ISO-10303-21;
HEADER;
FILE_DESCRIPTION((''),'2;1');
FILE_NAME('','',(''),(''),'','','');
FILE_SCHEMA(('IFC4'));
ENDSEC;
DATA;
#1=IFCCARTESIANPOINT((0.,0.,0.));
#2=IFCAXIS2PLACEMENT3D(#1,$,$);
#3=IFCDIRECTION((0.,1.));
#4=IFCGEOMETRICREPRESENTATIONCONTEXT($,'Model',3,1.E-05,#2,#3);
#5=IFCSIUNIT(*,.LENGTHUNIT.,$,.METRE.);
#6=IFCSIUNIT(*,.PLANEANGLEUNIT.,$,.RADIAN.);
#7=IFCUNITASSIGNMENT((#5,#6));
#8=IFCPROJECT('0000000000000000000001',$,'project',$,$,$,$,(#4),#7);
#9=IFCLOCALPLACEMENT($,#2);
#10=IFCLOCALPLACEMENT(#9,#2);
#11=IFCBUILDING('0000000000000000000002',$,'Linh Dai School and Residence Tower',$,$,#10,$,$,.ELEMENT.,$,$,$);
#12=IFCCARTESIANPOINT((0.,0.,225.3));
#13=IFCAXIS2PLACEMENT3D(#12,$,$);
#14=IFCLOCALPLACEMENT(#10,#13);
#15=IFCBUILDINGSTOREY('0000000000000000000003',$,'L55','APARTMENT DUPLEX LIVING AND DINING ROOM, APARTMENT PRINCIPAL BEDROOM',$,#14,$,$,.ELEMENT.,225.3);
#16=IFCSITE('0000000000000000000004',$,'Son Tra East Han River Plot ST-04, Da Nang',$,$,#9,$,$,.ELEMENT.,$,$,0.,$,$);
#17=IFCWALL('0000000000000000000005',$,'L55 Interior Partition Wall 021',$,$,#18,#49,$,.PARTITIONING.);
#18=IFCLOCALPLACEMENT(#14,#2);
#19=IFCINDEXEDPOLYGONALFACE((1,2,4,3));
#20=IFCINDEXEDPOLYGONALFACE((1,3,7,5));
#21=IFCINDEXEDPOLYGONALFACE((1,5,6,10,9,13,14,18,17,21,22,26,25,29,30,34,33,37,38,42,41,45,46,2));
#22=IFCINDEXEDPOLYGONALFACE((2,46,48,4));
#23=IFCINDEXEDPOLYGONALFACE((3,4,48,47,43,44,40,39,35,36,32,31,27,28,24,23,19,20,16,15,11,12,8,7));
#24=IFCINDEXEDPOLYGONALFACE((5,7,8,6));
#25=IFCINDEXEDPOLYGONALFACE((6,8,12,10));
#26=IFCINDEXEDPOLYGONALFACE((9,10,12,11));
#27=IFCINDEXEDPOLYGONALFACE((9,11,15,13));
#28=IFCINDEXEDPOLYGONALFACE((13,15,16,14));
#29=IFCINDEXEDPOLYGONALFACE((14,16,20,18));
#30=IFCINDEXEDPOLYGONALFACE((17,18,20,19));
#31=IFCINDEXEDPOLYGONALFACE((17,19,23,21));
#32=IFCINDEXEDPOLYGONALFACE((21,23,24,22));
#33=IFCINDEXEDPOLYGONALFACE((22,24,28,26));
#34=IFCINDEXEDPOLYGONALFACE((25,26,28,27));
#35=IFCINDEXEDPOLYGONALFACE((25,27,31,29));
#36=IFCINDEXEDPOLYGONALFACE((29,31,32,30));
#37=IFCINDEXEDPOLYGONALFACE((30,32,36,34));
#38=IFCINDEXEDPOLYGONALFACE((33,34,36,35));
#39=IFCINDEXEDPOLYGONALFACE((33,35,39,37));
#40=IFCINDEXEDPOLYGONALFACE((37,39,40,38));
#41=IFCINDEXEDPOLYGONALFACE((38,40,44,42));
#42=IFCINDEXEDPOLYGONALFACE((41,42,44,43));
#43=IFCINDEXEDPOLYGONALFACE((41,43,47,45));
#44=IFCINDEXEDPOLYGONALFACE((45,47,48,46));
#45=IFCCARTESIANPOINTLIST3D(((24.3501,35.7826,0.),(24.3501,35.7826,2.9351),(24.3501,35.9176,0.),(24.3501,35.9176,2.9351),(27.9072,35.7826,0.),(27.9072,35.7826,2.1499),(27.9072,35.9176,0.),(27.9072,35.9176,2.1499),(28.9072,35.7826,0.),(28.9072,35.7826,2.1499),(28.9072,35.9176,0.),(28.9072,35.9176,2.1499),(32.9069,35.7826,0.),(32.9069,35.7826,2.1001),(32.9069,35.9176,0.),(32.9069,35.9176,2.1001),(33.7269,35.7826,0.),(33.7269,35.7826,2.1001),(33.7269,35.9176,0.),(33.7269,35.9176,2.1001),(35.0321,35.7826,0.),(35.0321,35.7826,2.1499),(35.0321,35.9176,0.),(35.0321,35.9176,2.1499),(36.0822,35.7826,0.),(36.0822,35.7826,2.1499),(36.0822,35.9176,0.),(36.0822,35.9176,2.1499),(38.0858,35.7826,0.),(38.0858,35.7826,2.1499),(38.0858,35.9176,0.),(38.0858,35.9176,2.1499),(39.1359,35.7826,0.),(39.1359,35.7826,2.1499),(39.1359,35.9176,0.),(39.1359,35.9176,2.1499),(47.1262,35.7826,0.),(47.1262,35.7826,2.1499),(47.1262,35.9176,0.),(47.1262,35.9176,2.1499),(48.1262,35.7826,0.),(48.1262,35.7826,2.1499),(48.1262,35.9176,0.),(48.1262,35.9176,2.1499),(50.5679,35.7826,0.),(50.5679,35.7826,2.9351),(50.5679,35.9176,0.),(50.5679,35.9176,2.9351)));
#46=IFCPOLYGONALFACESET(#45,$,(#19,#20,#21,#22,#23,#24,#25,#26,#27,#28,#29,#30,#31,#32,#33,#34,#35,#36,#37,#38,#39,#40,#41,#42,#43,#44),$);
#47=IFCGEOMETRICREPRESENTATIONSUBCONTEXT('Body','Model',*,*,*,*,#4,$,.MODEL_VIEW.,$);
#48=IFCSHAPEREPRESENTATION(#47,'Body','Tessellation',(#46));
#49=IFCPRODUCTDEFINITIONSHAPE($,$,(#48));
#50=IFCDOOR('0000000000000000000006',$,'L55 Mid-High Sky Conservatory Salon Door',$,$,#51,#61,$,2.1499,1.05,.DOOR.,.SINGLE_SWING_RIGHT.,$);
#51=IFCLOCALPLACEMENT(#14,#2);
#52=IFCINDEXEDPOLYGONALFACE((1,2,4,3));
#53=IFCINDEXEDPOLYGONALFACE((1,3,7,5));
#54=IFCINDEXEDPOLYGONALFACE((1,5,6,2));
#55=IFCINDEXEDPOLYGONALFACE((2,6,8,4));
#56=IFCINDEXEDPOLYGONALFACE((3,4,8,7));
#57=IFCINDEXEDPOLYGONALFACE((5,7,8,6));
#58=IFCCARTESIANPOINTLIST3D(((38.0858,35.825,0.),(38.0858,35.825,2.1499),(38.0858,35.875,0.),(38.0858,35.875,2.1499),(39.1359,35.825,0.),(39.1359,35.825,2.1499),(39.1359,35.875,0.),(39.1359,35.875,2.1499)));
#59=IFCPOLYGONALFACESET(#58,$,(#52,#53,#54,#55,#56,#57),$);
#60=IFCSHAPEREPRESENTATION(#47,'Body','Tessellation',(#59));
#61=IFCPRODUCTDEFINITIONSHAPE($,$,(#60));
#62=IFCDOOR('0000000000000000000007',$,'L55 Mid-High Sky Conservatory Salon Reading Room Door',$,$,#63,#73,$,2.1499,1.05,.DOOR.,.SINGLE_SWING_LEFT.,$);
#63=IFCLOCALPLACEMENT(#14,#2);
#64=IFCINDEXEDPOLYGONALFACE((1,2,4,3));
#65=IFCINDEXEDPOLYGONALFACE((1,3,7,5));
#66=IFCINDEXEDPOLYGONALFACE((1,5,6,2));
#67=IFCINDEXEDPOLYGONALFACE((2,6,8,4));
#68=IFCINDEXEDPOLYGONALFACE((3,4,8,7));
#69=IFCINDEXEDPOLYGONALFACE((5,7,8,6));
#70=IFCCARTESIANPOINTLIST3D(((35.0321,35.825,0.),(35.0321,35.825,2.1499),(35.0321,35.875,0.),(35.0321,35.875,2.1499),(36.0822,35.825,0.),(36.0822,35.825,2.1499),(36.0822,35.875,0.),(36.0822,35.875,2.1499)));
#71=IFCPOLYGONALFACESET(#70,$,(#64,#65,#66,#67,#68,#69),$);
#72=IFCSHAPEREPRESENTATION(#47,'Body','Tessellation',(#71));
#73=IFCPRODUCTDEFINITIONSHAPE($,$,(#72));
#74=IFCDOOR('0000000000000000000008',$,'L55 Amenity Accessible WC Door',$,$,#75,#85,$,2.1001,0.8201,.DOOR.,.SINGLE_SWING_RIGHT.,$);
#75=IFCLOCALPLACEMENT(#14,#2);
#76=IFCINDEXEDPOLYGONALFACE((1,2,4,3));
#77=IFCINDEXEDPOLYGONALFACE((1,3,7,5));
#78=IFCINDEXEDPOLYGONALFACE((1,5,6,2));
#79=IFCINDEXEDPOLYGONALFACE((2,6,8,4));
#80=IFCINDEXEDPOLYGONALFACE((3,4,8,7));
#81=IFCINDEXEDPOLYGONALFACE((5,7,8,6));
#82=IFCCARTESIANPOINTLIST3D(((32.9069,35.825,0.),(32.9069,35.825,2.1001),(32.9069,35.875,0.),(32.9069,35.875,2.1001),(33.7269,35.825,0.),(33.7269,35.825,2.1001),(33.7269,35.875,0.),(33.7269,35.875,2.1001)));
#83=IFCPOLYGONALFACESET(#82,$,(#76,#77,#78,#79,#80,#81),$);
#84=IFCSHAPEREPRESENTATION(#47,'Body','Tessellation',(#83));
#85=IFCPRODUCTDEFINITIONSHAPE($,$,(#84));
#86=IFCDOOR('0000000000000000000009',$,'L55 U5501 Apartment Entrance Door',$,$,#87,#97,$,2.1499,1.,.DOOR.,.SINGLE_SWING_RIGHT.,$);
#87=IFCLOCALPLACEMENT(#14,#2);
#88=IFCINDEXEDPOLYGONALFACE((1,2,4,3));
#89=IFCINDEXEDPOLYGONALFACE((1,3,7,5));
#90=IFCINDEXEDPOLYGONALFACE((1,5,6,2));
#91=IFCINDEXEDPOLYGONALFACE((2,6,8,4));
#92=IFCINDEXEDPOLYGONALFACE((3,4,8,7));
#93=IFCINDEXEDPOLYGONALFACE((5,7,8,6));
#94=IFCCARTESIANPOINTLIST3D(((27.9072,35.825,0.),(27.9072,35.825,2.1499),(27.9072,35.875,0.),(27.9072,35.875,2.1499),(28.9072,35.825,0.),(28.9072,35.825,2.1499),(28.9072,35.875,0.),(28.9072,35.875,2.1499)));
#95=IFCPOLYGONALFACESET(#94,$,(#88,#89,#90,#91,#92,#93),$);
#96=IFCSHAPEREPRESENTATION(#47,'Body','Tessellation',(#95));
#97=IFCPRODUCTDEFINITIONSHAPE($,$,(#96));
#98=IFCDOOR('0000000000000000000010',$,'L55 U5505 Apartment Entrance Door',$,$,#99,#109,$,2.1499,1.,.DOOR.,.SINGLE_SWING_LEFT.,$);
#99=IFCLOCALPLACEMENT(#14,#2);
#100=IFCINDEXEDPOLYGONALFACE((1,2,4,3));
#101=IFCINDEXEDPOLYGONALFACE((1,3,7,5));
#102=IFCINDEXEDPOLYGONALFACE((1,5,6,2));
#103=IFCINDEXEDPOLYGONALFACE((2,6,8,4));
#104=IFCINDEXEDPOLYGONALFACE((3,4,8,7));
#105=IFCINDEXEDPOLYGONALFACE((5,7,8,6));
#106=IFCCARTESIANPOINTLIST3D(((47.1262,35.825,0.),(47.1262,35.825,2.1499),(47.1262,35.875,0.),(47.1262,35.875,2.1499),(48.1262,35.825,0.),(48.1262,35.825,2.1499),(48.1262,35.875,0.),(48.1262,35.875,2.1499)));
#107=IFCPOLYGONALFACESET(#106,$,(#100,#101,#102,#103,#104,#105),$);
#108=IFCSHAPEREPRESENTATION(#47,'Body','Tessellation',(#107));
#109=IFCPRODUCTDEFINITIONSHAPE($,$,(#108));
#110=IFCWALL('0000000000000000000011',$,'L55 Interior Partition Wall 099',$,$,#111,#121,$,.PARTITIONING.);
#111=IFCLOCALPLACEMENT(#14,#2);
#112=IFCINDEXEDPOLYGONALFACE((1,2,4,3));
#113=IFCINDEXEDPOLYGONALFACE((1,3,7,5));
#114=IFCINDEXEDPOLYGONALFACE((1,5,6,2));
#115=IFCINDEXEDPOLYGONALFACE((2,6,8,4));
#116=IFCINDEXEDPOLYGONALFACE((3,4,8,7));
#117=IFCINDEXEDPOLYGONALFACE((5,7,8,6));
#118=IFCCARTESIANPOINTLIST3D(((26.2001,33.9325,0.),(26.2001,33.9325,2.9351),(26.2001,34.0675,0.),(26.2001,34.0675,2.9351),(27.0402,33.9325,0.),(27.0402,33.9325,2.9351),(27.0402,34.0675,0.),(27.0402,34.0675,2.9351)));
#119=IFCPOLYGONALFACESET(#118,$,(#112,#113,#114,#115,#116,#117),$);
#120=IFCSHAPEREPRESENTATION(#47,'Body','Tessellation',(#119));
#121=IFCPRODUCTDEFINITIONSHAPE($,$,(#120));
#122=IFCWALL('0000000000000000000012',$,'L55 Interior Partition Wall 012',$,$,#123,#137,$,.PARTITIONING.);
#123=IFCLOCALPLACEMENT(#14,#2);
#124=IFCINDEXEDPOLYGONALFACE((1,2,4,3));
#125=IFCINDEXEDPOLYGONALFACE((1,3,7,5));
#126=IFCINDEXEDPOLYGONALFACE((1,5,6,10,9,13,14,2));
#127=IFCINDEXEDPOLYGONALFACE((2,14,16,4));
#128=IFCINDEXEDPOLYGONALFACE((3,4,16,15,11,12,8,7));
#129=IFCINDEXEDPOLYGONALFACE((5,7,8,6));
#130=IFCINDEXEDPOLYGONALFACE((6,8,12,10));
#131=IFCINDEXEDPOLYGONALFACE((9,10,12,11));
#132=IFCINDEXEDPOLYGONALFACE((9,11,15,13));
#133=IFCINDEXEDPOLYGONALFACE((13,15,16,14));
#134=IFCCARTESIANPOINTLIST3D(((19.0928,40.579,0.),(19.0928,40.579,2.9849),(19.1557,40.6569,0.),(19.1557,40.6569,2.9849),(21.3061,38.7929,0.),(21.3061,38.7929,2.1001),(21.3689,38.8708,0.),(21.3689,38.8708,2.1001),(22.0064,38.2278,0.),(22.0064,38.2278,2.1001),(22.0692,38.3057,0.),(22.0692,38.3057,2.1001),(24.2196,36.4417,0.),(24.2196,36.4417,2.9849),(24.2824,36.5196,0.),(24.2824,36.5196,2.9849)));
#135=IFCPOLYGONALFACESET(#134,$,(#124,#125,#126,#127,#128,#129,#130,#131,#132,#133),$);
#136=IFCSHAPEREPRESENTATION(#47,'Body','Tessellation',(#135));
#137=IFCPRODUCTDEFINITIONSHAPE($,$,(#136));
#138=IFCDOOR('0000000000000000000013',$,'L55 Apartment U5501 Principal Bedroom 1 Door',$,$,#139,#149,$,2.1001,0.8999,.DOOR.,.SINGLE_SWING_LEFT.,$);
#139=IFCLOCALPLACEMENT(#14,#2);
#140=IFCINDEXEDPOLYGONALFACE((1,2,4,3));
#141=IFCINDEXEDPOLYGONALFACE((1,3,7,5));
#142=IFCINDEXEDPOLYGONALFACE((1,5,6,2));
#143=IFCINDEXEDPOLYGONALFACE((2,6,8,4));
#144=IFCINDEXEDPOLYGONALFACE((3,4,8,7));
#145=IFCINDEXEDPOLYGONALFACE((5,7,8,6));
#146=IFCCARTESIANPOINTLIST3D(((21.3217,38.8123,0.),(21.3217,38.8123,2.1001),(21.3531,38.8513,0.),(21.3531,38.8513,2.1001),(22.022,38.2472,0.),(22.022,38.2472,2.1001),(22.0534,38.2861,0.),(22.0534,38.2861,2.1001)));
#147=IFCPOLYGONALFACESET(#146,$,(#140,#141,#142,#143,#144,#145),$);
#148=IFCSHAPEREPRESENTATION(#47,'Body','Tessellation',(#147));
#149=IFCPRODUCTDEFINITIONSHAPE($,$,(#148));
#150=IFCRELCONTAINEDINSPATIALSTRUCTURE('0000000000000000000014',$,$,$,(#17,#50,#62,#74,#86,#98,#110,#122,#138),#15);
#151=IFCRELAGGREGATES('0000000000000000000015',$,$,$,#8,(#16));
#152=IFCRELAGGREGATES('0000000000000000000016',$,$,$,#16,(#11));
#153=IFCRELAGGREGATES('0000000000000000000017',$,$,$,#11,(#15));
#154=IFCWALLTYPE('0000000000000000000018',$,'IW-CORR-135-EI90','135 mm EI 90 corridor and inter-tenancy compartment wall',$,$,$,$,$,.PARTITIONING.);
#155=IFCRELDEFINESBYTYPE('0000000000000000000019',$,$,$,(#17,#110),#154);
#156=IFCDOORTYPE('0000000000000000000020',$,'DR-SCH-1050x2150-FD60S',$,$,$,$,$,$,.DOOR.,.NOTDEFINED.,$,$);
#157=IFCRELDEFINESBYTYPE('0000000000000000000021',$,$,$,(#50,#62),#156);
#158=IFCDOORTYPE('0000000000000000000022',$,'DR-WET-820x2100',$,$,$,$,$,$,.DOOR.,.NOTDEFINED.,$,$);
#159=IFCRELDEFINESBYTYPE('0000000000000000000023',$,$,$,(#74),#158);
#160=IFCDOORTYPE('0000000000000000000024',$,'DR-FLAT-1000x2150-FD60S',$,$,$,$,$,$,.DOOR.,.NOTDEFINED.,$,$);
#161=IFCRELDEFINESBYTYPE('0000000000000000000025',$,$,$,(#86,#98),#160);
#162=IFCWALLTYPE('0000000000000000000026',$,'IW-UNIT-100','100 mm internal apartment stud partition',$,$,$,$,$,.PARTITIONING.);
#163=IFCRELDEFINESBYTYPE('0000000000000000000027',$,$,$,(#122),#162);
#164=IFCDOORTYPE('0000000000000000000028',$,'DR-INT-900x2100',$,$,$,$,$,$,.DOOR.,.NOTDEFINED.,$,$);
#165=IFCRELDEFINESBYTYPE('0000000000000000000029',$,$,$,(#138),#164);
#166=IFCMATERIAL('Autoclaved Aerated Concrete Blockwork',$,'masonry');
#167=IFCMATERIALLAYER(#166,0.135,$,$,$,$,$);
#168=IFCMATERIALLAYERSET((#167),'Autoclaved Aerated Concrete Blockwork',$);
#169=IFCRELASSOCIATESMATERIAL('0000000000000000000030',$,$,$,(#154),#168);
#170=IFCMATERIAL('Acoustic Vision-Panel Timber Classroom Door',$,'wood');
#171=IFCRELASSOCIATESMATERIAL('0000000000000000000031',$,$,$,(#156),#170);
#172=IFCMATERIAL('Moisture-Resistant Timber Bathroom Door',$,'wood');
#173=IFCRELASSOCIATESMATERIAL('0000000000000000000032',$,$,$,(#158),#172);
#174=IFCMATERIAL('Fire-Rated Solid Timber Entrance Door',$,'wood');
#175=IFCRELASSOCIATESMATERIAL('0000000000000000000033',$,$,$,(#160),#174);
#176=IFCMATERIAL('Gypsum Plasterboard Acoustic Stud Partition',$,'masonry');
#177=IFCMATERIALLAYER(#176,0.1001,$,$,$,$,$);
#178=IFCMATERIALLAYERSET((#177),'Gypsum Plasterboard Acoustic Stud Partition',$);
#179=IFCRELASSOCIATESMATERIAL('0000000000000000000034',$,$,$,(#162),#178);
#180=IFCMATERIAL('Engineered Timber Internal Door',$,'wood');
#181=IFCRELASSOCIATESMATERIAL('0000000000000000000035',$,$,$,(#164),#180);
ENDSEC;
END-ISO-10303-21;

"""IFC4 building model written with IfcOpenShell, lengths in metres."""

from ifc_helpers import new_model, si_unit, direction, frame, frame_2d, origin, origin_2d, place, context, subcontext, project, spatial, rectangle, extrude, source, transform, mapped, material, layer, layer_set, type_object, element, fill, save


model = new_model("IFC4")

# Units and contexts
model_context = context("Model", 3, precision=1e-05, world=origin(), true_north=direction((0.0, 1.0)))
body_context = subcontext(model_context, "Body", "Model", "MODEL_VIEW")
ifc_project = project(units=[si_unit("LENGTHUNIT", "METRE"), si_unit("PLANEANGLEUNIT", "RADIAN")], contexts=[model_context])

# Site, building, storey
site_placement = place(None, origin())
site = spatial("IfcSite", under=ifc_project, at=site_placement, Name="Son Tra East Han River Plot ST-04, Da Nang", CompositionType="ELEMENT", RefElevation=0.0)
building_placement = place(site_placement, origin())
building = spatial("IfcBuilding", under=site, at=building_placement, Name="Linh Dai School and Residence Tower", CompositionType="ELEMENT")
storey_placement = place(building_placement, frame((0.0, 0.0, 225.3)))
storey = spatial("IfcBuildingStorey", under=building, at=storey_placement, Name="L55", Description="APARTMENT DUPLEX LIVING AND DINING ROOM, APARTMENT PRINCIPAL BEDROOM", CompositionType="ELEMENT", Elevation=225.3)

# Wall, openings, doors
ifc_material_1 = material(Name="Autoclaved Aerated Concrete Blockwork", Category="masonry")
ifc_layer_1 = layer(ifc_material_1, 0.135)
ifc_layer_set_1 = layer_set([ifc_layer_1], Name="Autoclaved Aerated Concrete Blockwork")
wall_type_1 = type_object("IfcWallType", Name="IW-CORR-135-EI90", Description="135 mm EI 90 corridor and inter-tenancy compartment wall", PredefinedType="PARTITIONING", material=ifc_layer_set_1)
wall_1_placement = place(storey_placement, frame((24.3501, 35.8501, 0.0), z_axis=(0.0, 0.0, 1.0), x_axis=(1.0, 0.0, 0.0)))
wall_1 = element("IfcWall", 1, at=wall_1_placement, inside=storey, type_object=wall_type_1, Name="L55 Interior Partition Wall 021", PredefinedType="PARTITIONING", context=body_context, shape_type="SweptSolid", body=[
    extrude(rectangle(XDim=26.2178, YDim=0.135, at=frame_2d((13.1089, 0.0))), origin(), (0.0, 0.0, 1.0), 2.9351),
])
opening_1_placement = place(wall_1_placement, frame((3.5571, 0.0, 0.0)))
opening_1 = element("IfcOpeningElement", 2, at=opening_1_placement, cuts=wall_1, PredefinedType="OPENING", context=body_context, shape_type="SweptSolid", body=[
    extrude(rectangle(XDim=1.0, YDim=2.1499, at=origin_2d()), frame((0.5, 0.0776, 1.075), z_axis=(0.0, -1.0, 0.0), x_axis=(1.0, 0.0, 0.0)), (0.0, 0.0, 1.0), 0.155),
])
opening_2_placement = place(wall_1_placement, frame((22.7761, 0.0, 0.0)))
opening_2 = element("IfcOpeningElement", 3, at=opening_2_placement, cuts=wall_1, PredefinedType="OPENING", context=body_context, shape_type="SweptSolid", body=[
    extrude(rectangle(XDim=1.0, YDim=2.1499, at=origin_2d()), frame((0.5, 0.0776, 1.075), z_axis=(0.0, -1.0, 0.0), x_axis=(1.0, 0.0, 0.0)), (0.0, 0.0, 1.0), 0.155),
])
opening_3_placement = place(wall_1_placement, frame((13.7358, 0.0, 0.0)))
opening_3 = element("IfcOpeningElement", 4, at=opening_3_placement, cuts=wall_1, PredefinedType="OPENING", context=body_context, shape_type="SweptSolid", body=[
    extrude(rectangle(XDim=1.05, YDim=2.1499, at=origin_2d()), frame((0.5249, 0.0776, 1.075), z_axis=(0.0, -1.0, 0.0), x_axis=(1.0, 0.0, 0.0)), (0.0, 0.0, 1.0), 0.155),
])
opening_4_placement = place(wall_1_placement, frame((10.6821, 0.0, 0.0)))
opening_4 = element("IfcOpeningElement", 5, at=opening_4_placement, cuts=wall_1, PredefinedType="OPENING", context=body_context, shape_type="SweptSolid", body=[
    extrude(rectangle(XDim=1.05, YDim=2.1499, at=origin_2d()), frame((0.5249, 0.0776, 1.075), z_axis=(0.0, -1.0, 0.0), x_axis=(1.0, 0.0, 0.0)), (0.0, 0.0, 1.0), 0.155),
])
opening_5_placement = place(wall_1_placement, frame((8.5566, 0.0, 0.0)))
opening_5 = element("IfcOpeningElement", 6, at=opening_5_placement, cuts=wall_1, PredefinedType="OPENING", context=body_context, shape_type="SweptSolid", body=[
    extrude(rectangle(XDim=0.8201, YDim=2.1001, at=origin_2d()), frame((0.4102, 0.0776, 1.05), z_axis=(0.0, -1.0, 0.0), x_axis=(1.0, 0.0, 0.0)), (0.0, 0.0, 1.0), 0.155),
])
ifc_material_2 = material(Name="Acoustic Vision-Panel Timber Classroom Door", Category="wood")
door_type_1 = type_object("IfcDoorType", Name="DR-SCH-1050x2150-FD60S", OperationType="NOTDEFINED", PredefinedType="DOOR", material=ifc_material_2)
shared_shape_1 = source(origin(), body_context, "Body", "SweptSolid", [
    extrude(rectangle(XDim=1.05, YDim=2.1499, at=origin_2d()), frame((0.5249, 0.0249, 1.075), z_axis=(0.0, -1.0, 0.0), x_axis=(1.0, 0.0, 0.0)), (0.0, 0.0, 1.0), 0.05),
])
door_1_placement = place(opening_3_placement, origin())
door_1 = element("IfcDoor", 7, at=door_1_placement, inside=storey, type_object=door_type_1, Name="L55 Mid-High Sky Conservatory Salon Door", OperationType="SINGLE_SWING_RIGHT", OverallHeight=2.1499, OverallWidth=1.05, PredefinedType="DOOR", context=body_context, shape_type="MappedRepresentation", body=[
    mapped(shared_shape_1, transform((0.0, 0.0, 0.0), x_axis=(1.0, 0.0, 0.0), y_axis=(0.0, 1.0, 0.0), z_axis=(0.0, 0.0, 1.0), scale=1.0)),
])
fill(opening_3, door_1)
door_2_placement = place(opening_4_placement, origin())
door_2 = element("IfcDoor", 8, at=door_2_placement, inside=storey, type_object=door_type_1, Name="L55 Mid-High Sky Conservatory Salon Reading Room Door", OperationType="SINGLE_SWING_LEFT", OverallHeight=2.1499, OverallWidth=1.05, PredefinedType="DOOR", context=body_context, shape_type="MappedRepresentation", body=[
    mapped(shared_shape_1, transform((0.0, 0.0, 0.0), x_axis=(1.0, 0.0, 0.0), y_axis=(0.0, 1.0, 0.0), z_axis=(0.0, 0.0, 1.0), scale=1.0)),
])
fill(opening_4, door_2)
ifc_material_3 = material(Name="Moisture-Resistant Timber Bathroom Door", Category="wood")
door_type_2 = type_object("IfcDoorType", Name="DR-WET-820x2100", OperationType="NOTDEFINED", PredefinedType="DOOR", material=ifc_material_3)
shared_shape_2 = source(origin(), body_context, "Body", "SweptSolid", [
    extrude(rectangle(XDim=0.8201, YDim=2.1001, at=origin_2d()), frame((0.4102, 0.0249, 1.05), z_axis=(0.0, -1.0, 0.0), x_axis=(1.0, 0.0, 0.0)), (0.0, 0.0, 1.0), 0.05),
])
door_3_placement = place(opening_5_placement, origin())
door_3 = element("IfcDoor", 9, at=door_3_placement, inside=storey, type_object=door_type_2, Name="L55 Amenity Accessible WC Door", OperationType="SINGLE_SWING_RIGHT", OverallHeight=2.1001, OverallWidth=0.8201, PredefinedType="DOOR", context=body_context, shape_type="MappedRepresentation", body=[
    mapped(shared_shape_2, transform((0.0, 0.0, 0.0), x_axis=(1.0, 0.0, 0.0), y_axis=(0.0, 1.0, 0.0), z_axis=(0.0, 0.0, 1.0), scale=1.0)),
])
fill(opening_5, door_3)
ifc_material_4 = material(Name="Fire-Rated Solid Timber Entrance Door", Category="wood")
door_type_3 = type_object("IfcDoorType", Name="DR-FLAT-1000x2150-FD60S", OperationType="NOTDEFINED", PredefinedType="DOOR", material=ifc_material_4)
shared_shape_3 = source(origin(), body_context, "Body", "SweptSolid", [
    extrude(rectangle(XDim=1.0, YDim=2.1499, at=origin_2d()), frame((0.5, 0.0249, 1.075), z_axis=(0.0, -1.0, 0.0), x_axis=(1.0, 0.0, 0.0)), (0.0, 0.0, 1.0), 0.05),
])
door_4_placement = place(opening_1_placement, origin())
door_4 = element("IfcDoor", 10, at=door_4_placement, inside=storey, type_object=door_type_3, Name="L55 U5501 Apartment Entrance Door", OperationType="SINGLE_SWING_RIGHT", OverallHeight=2.1499, OverallWidth=1.0, PredefinedType="DOOR", context=body_context, shape_type="MappedRepresentation", body=[
    mapped(shared_shape_3, transform((0.0, 0.0, 0.0), x_axis=(1.0, 0.0, 0.0), y_axis=(0.0, 1.0, 0.0), z_axis=(0.0, 0.0, 1.0), scale=1.0)),
])
fill(opening_1, door_4)
door_5_placement = place(opening_2_placement, origin())
door_5 = element("IfcDoor", 11, at=door_5_placement, inside=storey, type_object=door_type_3, Name="L55 U5505 Apartment Entrance Door", OperationType="SINGLE_SWING_LEFT", OverallHeight=2.1499, OverallWidth=1.0, PredefinedType="DOOR", context=body_context, shape_type="MappedRepresentation", body=[
    mapped(shared_shape_3, transform((0.0, 0.0, 0.0), x_axis=(1.0, 0.0, 0.0), y_axis=(0.0, 1.0, 0.0), z_axis=(0.0, 0.0, 1.0), scale=1.0)),
])
fill(opening_2, door_5)

# Wall
wall_2_placement = place(storey_placement, frame((27.04, 34.0, 0.0), z_axis=(0.0, 0.0, 1.0), x_axis=(-1.0, 0.0, 0.0)))
element("IfcWall", 12, at=wall_2_placement, inside=storey, type_object=wall_type_1, Name="L55 Interior Partition Wall 099", PredefinedType="PARTITIONING", context=body_context, shape_type="SweptSolid", body=[
    extrude(rectangle(XDim=0.8401, YDim=0.135, at=frame_2d((0.4199, 0.0))), origin(), (0.0, 0.0, 1.0), 2.9351),
])

# Wall, opening, door
ifc_material_5 = material(Name="Gypsum Plasterboard Acoustic Stud Partition", Category="masonry")
ifc_layer_2 = layer(ifc_material_5, 0.1001)
ifc_layer_set_2 = layer_set([ifc_layer_2], Name="Gypsum Plasterboard Acoustic Stud Partition")
wall_type_2 = type_object("IfcWallType", Name="IW-UNIT-100", Description="100 mm internal apartment stud partition", PredefinedType="PARTITIONING", material=ifc_layer_set_2)
wall_3_placement = place(storey_placement, frame((19.1243, 40.6179, 0.0), z_axis=(0.0, 0.0, 1.0), x_axis=(0.778208, -0.628007, 0.0)))
wall_3 = element("IfcWall", 13, at=wall_3_placement, inside=storey, type_object=wall_type_2, Name="L55 Interior Partition Wall 012", PredefinedType="PARTITIONING", context=body_context, shape_type="SweptSolid", body=[
    extrude(rectangle(XDim=6.5879, YDim=0.1001, at=frame_2d((3.2939, 0.0))), origin(), (0.0, 0.0, 1.0), 2.9849),
])
opening_6_placement = place(wall_3_placement, frame((2.844, 0.0, 0.0)))
opening_6 = element("IfcOpeningElement", 14, at=opening_6_placement, cuts=wall_3, PredefinedType="OPENING", context=body_context, shape_type="SweptSolid", body=[
    extrude(rectangle(XDim=0.8999, YDim=2.1001, at=origin_2d()), frame((0.45, 0.0601, 1.05), z_axis=(0.0, -1.0, 0.0), x_axis=(1.0, 0.0, 0.0)), (0.0, 0.0, 1.0), 0.1201),
])
ifc_material_6 = material(Name="Engineered Timber Internal Door", Category="wood")
door_type_4 = type_object("IfcDoorType", Name="DR-INT-900x2100", OperationType="NOTDEFINED", PredefinedType="DOOR", material=ifc_material_6)
shared_shape_4 = source(origin(), body_context, "Body", "SweptSolid", [
    extrude(rectangle(XDim=0.8999, YDim=2.1001, at=origin_2d()), frame((0.45, 0.0249, 1.05), z_axis=(0.0, -1.0, 0.0), x_axis=(1.0, 0.0, 0.0)), (0.0, 0.0, 1.0), 0.05),
])
door_6_placement = place(opening_6_placement, origin())
door_6 = element("IfcDoor", 15, at=door_6_placement, inside=storey, type_object=door_type_4, Name="L55 Apartment U5501 Principal Bedroom 1 Door", OperationType="SINGLE_SWING_LEFT", OverallHeight=2.1001, OverallWidth=0.8999, PredefinedType="DOOR", context=body_context, shape_type="MappedRepresentation", body=[
    mapped(shared_shape_4, transform((0.0, 0.0, 0.0), x_axis=(1.0, 0.0, 0.0), y_axis=(0.0, 1.0, 0.0), z_axis=(0.0, 0.0, 1.0), scale=1.0)),
])
fill(opening_6, door_6)

save(model, "model.ifc")
